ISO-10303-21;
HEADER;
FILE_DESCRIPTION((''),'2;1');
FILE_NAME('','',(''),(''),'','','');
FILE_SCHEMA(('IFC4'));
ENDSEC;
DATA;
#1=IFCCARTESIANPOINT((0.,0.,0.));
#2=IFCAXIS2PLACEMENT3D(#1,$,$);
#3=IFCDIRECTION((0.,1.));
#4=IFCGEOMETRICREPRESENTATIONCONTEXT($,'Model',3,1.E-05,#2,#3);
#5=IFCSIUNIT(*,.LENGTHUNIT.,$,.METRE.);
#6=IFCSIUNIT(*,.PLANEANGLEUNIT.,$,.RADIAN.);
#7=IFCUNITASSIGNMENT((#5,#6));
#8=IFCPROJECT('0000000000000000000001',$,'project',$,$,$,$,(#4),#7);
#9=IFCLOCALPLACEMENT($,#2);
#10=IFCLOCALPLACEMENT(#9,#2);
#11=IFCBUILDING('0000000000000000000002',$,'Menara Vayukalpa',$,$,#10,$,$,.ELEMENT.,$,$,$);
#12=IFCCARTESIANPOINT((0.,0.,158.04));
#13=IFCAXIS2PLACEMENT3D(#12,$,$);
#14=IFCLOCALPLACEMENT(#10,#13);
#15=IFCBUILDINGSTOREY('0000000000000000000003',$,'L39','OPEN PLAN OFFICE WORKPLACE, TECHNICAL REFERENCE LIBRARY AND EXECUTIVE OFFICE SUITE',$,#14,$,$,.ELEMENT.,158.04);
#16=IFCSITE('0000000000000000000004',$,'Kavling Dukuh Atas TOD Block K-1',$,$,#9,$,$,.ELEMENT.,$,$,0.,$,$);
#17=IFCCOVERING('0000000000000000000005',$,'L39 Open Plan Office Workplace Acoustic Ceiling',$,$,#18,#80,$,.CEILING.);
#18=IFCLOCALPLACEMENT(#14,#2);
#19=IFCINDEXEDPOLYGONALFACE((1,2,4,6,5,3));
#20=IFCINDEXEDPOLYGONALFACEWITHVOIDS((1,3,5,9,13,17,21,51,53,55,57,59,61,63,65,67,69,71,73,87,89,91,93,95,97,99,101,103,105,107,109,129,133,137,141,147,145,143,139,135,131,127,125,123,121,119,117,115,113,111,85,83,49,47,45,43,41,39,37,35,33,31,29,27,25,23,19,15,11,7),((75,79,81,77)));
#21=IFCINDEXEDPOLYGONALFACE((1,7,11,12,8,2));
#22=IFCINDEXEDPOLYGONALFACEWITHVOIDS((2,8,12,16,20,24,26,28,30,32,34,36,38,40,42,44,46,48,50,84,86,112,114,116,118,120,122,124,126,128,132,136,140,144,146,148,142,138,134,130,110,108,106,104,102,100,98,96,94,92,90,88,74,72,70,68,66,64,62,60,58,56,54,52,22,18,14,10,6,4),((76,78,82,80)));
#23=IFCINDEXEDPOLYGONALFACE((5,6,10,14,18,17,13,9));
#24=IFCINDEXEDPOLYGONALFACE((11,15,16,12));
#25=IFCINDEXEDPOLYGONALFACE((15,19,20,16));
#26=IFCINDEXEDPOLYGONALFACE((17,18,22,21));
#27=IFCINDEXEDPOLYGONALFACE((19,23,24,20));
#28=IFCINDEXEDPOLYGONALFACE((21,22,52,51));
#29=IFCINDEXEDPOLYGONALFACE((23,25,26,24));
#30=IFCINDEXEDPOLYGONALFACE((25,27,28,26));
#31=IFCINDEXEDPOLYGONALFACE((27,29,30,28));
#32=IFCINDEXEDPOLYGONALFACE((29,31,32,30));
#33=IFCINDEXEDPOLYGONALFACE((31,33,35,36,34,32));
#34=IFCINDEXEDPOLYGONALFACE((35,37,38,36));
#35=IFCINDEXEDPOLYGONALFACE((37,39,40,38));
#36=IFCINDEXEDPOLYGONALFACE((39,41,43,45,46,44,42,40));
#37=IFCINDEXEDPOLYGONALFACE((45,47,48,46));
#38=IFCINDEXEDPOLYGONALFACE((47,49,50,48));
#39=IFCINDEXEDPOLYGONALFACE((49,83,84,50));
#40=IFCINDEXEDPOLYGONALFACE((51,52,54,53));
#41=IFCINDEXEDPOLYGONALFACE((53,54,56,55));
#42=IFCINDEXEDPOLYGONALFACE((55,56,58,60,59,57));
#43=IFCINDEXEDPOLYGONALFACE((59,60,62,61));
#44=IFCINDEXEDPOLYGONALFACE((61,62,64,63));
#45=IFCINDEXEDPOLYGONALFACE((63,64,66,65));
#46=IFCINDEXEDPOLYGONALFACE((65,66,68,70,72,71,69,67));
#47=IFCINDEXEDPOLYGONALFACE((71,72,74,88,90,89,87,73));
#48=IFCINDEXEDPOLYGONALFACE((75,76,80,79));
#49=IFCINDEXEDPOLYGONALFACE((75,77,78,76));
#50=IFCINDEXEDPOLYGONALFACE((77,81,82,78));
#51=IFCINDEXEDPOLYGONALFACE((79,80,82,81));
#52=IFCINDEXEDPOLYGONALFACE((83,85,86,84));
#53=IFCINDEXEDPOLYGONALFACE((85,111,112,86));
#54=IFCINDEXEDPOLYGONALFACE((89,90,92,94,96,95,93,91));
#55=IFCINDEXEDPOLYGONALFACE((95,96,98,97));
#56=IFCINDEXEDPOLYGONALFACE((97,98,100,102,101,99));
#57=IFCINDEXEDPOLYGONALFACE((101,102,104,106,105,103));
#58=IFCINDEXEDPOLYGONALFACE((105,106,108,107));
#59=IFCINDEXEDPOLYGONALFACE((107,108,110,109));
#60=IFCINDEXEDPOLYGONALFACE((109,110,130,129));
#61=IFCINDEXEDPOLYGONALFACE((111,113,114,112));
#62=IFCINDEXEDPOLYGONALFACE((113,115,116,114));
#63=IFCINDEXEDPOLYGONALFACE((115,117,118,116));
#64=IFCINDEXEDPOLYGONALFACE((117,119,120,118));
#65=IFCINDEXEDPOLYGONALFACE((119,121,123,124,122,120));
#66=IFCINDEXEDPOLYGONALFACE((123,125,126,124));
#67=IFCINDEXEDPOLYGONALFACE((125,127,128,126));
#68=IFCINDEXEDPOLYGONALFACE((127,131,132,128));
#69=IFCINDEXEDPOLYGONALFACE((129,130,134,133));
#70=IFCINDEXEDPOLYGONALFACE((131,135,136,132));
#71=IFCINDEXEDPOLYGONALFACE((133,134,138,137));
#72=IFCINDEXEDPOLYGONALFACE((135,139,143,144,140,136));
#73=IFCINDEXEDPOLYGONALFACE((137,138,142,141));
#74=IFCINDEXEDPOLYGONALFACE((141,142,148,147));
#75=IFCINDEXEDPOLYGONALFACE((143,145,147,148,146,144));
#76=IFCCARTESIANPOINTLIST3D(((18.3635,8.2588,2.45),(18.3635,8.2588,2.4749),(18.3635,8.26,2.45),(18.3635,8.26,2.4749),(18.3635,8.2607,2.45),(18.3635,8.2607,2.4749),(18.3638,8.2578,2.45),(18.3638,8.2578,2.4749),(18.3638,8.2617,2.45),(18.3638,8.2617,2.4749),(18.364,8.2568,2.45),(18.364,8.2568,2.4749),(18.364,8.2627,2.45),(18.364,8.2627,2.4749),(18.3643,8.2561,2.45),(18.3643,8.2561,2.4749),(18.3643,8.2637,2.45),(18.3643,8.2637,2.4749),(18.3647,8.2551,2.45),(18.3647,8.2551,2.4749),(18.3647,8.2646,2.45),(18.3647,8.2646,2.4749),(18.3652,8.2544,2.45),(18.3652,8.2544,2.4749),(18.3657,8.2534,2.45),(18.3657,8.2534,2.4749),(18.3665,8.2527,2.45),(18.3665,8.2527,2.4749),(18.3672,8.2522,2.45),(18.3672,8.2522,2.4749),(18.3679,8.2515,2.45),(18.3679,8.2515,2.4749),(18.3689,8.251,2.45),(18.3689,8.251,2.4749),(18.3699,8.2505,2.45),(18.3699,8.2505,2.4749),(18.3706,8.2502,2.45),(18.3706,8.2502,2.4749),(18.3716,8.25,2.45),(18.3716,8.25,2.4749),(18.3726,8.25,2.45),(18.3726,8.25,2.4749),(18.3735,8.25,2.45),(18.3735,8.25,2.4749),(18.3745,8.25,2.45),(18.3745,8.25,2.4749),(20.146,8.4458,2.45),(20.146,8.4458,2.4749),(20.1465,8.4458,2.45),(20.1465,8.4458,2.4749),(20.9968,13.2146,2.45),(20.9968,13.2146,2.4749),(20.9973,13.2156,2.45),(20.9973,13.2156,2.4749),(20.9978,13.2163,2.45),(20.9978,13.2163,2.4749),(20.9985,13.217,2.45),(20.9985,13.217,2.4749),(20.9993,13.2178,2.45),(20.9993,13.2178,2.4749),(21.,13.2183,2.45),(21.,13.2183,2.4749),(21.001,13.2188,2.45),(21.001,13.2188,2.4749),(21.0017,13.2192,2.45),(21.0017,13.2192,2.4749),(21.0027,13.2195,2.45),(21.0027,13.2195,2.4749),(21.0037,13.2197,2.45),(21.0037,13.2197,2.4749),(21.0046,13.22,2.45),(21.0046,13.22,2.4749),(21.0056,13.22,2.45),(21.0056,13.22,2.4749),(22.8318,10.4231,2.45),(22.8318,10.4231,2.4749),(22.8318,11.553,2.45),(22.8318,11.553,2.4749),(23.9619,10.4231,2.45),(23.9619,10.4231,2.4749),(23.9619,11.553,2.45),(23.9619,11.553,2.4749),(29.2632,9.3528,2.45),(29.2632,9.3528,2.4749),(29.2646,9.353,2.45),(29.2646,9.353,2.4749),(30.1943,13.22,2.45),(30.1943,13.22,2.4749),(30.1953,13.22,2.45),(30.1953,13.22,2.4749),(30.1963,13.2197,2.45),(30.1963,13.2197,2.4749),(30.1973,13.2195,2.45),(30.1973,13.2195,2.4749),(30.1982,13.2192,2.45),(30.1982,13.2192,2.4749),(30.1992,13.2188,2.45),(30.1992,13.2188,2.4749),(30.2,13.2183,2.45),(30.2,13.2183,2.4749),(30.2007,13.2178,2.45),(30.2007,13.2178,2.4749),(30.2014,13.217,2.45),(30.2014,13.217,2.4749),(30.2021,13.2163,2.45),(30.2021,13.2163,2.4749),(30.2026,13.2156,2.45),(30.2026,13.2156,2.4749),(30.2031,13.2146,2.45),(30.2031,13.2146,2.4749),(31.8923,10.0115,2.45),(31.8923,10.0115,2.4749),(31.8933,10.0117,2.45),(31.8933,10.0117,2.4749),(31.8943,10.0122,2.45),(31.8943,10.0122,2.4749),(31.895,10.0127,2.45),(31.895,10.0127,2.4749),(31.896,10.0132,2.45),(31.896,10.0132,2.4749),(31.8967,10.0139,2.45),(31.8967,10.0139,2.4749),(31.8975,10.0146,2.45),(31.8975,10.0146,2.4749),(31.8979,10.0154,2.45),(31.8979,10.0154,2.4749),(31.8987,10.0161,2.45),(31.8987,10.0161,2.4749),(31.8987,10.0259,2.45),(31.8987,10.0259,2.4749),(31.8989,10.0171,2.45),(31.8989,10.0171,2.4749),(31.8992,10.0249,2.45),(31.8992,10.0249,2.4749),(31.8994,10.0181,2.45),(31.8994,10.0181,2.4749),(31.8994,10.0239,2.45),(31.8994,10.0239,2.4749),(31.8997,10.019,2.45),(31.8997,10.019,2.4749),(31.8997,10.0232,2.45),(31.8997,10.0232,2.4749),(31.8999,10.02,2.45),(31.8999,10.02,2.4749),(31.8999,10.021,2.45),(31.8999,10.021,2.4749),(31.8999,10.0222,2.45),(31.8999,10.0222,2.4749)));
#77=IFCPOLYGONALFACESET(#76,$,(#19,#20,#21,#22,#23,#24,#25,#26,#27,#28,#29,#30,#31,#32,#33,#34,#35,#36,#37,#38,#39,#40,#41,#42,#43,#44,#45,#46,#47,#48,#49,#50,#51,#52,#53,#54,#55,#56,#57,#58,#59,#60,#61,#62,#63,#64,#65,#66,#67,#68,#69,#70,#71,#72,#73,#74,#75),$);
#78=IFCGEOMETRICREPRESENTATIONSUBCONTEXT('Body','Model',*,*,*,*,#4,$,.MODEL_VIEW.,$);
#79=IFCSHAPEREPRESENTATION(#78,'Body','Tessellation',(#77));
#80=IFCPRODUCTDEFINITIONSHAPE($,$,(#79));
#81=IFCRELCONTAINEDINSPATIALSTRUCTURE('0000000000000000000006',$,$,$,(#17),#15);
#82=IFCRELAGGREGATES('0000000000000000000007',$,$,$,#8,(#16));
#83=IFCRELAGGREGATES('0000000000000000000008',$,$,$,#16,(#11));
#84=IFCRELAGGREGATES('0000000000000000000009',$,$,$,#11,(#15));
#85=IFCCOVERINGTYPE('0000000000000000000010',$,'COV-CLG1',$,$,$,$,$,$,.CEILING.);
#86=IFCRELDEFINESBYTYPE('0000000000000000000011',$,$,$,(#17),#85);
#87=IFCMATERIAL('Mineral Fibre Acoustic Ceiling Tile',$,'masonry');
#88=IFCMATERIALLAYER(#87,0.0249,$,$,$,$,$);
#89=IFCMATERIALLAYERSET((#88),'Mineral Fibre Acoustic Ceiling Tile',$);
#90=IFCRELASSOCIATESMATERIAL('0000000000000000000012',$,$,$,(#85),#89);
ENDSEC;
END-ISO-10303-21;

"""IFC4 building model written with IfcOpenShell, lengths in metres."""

from ifc_helpers import new_model, si_unit, direction, frame, origin, place, context, subcontext, project, spatial, polyline, outline, extrude, material, layer, layer_set, type_object, element, save


model = new_model("IFC4")

# Units and contexts
model_context = context("Model", 3, precision=1e-05, world=origin(), true_north=direction((0.0, 1.0)))
body_context = subcontext(model_context, "Body", "Model", "MODEL_VIEW")
ifc_project = project(units=[si_unit("LENGTHUNIT", "METRE"), si_unit("PLANEANGLEUNIT", "RADIAN")], contexts=[model_context])

# Site, building, storey
site_placement = place(None, origin())
site = spatial("IfcSite", under=ifc_project, at=site_placement, Name="Kavling Dukuh Atas TOD Block K-1", CompositionType="ELEMENT", RefElevation=0.0)
building_placement = place(site_placement, origin())
building = spatial("IfcBuilding", under=site, at=building_placement, Name="Menara Vayukalpa", CompositionType="ELEMENT")
storey_placement = place(building_placement, frame((0.0, 0.0, 158.04)))
storey = spatial("IfcBuildingStorey", under=building, at=storey_placement, Name="L39", Description="OPEN PLAN OFFICE WORKPLACE, TECHNICAL REFERENCE LIBRARY AND EXECUTIVE OFFICE SUITE", CompositionType="ELEMENT", Elevation=158.04)

# Covering
ifc_material_1 = material(Name="Mineral Fibre Acoustic Ceiling Tile", Category="masonry")
ifc_layer_1 = layer(ifc_material_1, 0.0249)
ifc_layer_set_1 = layer_set([ifc_layer_1], Name="Mineral Fibre Acoustic Ceiling Tile")
covering_type_1 = type_object("IfcCoveringType", Name="COV-CLG1", PredefinedType="CEILING", material=ifc_layer_set_1)
covering_1_placement = place(storey_placement, frame((0.0, 0.0, 2.45)))
element("IfcCovering", 1, at=covering_1_placement, inside=storey, type_object=covering_type_1, Name="L39 Open Plan Office Workplace Acoustic Ceiling", PredefinedType="CEILING", context=body_context, shape_type="SweptSolid", body=[
    extrude(outline(polyline([(18.3735, 8.25), (18.3726, 8.25), (18.3716, 8.25), (18.3706, 8.2502), (18.3699, 8.2505), (18.3689, 8.251), (18.3679, 8.2515), (18.3672, 8.2522), (18.3665, 8.2527), (18.3657, 8.2534), (18.3652, 8.2544), (18.3647, 8.2551), (18.3643, 8.2561), (18.364, 8.2568), (18.3638, 8.2578), (18.3635, 8.2588), (18.3635, 8.26), (18.3635, 8.2607), (18.3638, 8.2617), (18.364, 8.2627), (18.3643, 8.2637), (18.3647, 8.2646), (20.9968, 13.2146), (20.9973, 13.2156), (20.9978, 13.2163), (20.9985, 13.217), (20.9993, 13.2178), (21.0, 13.2183), (21.001, 13.2188), (21.0017, 13.2192), (21.0027, 13.2195), (21.0037, 13.2197), (21.0046, 13.22), (21.0056, 13.22), (30.1943, 13.22), (30.1953, 13.22), (30.1963, 13.2197), (30.1973, 13.2195), (30.1982, 13.2192), (30.1992, 13.2188), (30.2, 13.2183), (30.2007, 13.2178), (30.2014, 13.217), (30.2021, 13.2163), (30.2026, 13.2156), (30.2031, 13.2146), (31.8987, 10.0259), (31.8992, 10.0249), (31.8994, 10.0239), (31.8997, 10.0232), (31.8999, 10.0222), (31.8999, 10.021), (31.8999, 10.02), (31.8997, 10.019), (31.8994, 10.0181), (31.8989, 10.0171), (31.8987, 10.0161), (31.8979, 10.0154), (31.8975, 10.0146), (31.8967, 10.0139), (31.896, 10.0132), (31.895, 10.0127), (31.8943, 10.0122), (31.8933, 10.0117), (31.8923, 10.0115), (29.2646, 9.353), (29.2632, 9.3528), (20.1465, 8.4458), (20.146, 8.4458), (18.3745, 8.25), (18.3735, 8.25)]), holes=[polyline([(23.9619, 11.553), (22.8318, 11.553), (22.8318, 10.4231), (23.9619, 10.4231), (23.9619, 11.553)])]), origin(), (0.0, 0.0, 1.0), 0.0249),
])

save(model, "model.ifc")
